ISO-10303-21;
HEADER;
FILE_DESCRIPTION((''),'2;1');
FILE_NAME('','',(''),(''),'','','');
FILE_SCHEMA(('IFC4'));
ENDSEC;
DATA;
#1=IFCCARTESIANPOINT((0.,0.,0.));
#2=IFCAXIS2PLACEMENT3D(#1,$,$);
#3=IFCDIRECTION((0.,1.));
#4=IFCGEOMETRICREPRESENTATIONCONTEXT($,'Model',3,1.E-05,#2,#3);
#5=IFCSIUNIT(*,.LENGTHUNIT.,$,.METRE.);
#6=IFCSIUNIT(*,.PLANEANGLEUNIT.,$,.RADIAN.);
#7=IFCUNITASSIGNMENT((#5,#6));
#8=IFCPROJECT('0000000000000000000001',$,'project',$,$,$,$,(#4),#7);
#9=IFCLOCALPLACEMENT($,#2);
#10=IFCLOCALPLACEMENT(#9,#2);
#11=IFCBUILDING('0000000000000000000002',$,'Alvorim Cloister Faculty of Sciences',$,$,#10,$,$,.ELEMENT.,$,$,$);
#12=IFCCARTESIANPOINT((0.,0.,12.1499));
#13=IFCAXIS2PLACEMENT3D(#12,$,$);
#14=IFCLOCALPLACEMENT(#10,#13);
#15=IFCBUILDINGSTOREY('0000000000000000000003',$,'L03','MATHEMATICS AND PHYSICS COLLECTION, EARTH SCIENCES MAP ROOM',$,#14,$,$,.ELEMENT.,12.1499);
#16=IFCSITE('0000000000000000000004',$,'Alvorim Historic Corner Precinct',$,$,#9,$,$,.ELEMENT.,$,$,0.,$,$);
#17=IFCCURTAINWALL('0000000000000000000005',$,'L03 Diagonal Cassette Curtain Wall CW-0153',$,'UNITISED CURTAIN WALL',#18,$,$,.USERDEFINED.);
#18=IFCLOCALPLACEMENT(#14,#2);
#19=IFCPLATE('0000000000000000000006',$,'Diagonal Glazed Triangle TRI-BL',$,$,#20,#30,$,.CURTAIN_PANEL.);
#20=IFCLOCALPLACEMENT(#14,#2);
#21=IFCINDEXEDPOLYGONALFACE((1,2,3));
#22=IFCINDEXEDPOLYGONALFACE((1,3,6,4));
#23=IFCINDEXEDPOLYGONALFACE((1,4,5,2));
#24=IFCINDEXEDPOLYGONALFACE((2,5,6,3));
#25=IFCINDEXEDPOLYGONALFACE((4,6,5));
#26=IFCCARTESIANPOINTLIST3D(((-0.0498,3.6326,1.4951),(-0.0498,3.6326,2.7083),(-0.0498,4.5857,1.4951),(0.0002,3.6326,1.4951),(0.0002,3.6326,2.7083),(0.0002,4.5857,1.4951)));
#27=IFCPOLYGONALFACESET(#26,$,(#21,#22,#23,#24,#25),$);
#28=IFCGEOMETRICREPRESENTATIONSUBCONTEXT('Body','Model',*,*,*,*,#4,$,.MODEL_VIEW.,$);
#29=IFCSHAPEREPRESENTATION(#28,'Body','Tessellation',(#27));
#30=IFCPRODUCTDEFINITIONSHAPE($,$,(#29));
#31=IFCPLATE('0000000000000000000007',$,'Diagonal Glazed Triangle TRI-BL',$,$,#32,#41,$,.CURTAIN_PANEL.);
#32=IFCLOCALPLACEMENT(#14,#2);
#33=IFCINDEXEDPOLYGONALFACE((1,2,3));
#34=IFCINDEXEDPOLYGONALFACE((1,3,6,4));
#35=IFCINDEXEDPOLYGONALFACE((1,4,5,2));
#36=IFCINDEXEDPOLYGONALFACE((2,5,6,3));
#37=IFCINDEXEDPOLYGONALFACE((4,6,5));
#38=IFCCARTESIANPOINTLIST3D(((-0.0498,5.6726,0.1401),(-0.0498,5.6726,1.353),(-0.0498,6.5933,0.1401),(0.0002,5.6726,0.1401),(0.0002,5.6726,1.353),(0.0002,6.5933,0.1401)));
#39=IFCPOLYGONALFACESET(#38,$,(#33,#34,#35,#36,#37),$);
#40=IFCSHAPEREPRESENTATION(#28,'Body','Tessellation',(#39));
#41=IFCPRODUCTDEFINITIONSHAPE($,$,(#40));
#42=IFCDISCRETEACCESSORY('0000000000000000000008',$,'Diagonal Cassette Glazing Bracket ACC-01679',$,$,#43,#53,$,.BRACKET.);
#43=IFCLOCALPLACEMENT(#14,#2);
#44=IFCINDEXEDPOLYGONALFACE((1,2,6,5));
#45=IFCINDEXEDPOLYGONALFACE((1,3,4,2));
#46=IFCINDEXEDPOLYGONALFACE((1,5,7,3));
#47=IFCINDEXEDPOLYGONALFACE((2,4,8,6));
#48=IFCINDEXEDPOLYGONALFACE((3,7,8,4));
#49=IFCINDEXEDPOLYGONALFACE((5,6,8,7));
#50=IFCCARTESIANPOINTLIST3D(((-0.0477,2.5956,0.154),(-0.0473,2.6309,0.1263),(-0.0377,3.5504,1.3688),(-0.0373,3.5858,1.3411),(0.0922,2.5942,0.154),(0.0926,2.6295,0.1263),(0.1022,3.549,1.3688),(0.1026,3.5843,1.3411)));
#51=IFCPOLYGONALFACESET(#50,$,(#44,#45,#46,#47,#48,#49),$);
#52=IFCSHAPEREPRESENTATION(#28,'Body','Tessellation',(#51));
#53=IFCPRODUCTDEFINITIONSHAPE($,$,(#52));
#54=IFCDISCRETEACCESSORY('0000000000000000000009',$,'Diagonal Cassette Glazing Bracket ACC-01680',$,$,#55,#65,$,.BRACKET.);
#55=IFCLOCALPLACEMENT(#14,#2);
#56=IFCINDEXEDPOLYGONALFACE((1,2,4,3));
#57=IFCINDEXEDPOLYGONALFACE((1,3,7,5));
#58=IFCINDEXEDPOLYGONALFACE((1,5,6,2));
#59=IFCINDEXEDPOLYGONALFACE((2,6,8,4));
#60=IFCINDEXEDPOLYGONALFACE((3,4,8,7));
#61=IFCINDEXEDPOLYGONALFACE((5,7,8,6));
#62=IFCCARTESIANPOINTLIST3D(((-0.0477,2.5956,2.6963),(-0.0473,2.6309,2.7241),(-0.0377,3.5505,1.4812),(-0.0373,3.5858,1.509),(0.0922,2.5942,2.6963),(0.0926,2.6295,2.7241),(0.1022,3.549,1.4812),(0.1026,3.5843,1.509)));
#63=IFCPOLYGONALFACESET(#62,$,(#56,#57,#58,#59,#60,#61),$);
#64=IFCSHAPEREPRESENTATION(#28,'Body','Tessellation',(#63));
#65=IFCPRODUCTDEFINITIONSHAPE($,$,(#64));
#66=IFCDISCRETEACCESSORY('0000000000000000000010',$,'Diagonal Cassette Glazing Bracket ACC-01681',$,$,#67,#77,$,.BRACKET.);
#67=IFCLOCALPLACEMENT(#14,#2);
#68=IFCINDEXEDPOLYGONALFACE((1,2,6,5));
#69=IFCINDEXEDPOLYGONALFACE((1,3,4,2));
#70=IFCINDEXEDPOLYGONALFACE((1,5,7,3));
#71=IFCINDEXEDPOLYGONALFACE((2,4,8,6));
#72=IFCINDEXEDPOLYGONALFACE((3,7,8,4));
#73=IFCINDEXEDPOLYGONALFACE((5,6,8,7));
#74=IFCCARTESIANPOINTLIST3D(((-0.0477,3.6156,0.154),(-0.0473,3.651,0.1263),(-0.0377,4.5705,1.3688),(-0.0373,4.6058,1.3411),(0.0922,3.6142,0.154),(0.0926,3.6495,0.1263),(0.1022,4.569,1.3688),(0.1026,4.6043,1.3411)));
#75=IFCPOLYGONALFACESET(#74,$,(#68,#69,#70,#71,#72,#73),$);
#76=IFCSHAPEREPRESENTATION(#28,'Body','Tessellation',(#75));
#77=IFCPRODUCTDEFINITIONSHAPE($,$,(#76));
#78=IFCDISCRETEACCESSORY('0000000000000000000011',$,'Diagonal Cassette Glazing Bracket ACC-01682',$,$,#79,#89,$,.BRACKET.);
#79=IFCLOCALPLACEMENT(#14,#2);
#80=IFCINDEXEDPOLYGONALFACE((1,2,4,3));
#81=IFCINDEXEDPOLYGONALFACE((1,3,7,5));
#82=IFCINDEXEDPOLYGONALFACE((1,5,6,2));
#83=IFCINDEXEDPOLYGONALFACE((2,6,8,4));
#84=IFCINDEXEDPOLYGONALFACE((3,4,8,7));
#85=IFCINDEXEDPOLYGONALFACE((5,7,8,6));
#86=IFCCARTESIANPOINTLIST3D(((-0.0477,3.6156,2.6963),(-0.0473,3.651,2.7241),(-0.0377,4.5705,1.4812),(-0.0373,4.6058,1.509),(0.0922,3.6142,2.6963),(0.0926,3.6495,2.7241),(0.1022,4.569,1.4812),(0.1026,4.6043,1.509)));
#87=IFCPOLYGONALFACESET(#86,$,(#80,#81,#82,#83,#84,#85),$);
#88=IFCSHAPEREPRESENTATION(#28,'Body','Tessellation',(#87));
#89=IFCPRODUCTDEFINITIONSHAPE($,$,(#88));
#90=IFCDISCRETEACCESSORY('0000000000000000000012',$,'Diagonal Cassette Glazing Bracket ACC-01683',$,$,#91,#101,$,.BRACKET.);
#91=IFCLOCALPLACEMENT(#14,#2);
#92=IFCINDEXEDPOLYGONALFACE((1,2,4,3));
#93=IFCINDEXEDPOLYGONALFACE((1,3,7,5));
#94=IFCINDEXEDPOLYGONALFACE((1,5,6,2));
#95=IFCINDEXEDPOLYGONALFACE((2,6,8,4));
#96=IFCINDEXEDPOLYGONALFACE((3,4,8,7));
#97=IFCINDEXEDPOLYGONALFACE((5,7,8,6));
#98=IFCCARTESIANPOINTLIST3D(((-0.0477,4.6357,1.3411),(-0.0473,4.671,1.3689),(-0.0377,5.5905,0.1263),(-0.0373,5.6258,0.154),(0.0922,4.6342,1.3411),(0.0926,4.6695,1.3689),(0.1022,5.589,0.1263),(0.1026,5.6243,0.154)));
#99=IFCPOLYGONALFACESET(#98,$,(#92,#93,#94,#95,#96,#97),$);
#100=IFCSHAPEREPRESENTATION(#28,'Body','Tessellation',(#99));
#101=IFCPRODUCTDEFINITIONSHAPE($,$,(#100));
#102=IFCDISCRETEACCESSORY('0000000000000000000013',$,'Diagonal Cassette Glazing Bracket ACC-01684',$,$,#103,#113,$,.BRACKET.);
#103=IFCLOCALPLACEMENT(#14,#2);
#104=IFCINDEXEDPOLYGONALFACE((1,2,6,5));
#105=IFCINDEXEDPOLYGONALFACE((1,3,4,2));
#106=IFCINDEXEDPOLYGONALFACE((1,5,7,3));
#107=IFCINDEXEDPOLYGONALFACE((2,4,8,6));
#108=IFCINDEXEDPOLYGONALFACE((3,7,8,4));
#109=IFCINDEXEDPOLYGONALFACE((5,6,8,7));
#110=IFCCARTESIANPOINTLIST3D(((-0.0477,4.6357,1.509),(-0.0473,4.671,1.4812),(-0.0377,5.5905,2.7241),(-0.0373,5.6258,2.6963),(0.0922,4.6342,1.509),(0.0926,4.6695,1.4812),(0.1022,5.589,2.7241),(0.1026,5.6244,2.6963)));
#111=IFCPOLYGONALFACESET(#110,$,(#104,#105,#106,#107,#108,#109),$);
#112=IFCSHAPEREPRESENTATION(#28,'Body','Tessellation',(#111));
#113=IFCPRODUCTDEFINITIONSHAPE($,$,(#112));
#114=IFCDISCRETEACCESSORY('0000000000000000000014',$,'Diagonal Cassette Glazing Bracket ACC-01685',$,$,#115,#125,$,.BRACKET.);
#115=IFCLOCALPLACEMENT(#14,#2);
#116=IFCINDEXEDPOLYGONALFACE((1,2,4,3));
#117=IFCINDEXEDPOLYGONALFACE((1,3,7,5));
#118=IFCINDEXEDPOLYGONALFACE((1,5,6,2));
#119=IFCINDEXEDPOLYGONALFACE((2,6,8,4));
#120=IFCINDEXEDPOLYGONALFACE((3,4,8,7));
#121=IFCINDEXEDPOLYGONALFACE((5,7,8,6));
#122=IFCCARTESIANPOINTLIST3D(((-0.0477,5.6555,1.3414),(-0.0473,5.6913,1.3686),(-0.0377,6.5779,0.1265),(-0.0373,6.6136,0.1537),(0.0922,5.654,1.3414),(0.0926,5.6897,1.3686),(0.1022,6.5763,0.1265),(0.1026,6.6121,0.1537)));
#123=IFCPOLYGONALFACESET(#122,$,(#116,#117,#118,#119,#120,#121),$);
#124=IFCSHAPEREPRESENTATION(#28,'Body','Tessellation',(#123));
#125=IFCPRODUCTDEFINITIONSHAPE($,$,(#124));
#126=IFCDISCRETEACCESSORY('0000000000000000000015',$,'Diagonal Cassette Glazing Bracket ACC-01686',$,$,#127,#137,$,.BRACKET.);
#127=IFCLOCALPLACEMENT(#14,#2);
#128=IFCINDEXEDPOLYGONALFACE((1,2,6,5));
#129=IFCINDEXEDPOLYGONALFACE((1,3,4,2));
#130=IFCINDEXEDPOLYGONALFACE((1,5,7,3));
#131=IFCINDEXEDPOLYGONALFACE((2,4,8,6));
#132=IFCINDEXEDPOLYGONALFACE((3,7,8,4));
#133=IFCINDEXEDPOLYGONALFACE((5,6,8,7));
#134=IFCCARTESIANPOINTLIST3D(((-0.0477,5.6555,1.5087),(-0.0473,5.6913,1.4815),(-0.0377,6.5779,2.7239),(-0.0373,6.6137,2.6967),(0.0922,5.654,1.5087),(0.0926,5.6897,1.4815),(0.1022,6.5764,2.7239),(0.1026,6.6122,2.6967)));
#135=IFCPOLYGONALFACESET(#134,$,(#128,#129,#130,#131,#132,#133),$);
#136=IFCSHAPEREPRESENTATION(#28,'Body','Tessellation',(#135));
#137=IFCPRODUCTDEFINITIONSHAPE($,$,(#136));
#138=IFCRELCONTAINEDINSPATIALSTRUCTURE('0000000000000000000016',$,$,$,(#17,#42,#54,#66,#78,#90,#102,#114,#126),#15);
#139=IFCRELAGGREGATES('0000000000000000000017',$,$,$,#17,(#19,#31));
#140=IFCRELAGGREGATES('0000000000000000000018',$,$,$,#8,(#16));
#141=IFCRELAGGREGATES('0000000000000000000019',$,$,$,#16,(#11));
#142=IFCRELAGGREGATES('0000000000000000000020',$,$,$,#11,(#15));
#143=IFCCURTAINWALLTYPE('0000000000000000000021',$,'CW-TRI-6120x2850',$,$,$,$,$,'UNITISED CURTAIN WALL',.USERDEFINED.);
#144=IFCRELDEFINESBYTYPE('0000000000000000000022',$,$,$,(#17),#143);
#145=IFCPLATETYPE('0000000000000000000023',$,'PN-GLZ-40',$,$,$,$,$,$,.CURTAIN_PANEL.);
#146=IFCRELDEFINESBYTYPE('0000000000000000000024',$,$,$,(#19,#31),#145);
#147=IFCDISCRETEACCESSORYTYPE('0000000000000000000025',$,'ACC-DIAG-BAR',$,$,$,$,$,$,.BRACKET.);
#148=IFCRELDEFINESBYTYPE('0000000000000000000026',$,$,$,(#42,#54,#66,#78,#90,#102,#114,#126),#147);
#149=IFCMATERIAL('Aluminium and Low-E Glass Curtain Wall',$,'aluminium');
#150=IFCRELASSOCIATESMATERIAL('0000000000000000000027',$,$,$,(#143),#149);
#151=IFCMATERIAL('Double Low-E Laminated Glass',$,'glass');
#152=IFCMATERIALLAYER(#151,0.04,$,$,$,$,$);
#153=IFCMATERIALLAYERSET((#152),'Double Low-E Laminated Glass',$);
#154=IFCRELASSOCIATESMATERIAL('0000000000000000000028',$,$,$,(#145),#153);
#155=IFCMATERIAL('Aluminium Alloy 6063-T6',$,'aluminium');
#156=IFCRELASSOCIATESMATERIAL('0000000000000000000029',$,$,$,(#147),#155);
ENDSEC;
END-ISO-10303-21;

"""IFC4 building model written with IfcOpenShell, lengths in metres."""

from ifc_helpers import new_model, si_unit, direction, frame, origin, origin_2d, place, context, subcontext, project, spatial, polyline, rectangle, outline, extrude, material, layer, layer_set, type_object, element, aggregate, save


model = new_model("IFC4")

# Units and contexts
model_context = context("Model", 3, precision=1e-05, world=origin(), true_north=direction((0.0, 1.0)))
body_context = subcontext(model_context, "Body", "Model", "MODEL_VIEW")
ifc_project = project(units=[si_unit("LENGTHUNIT", "METRE"), si_unit("PLANEANGLEUNIT", "RADIAN")], contexts=[model_context])

# Site, building, storey
site_placement = place(None, origin())
site = spatial("IfcSite", under=ifc_project, at=site_placement, Name="Alvorim Historic Corner Precinct", CompositionType="ELEMENT", RefElevation=0.0)
building_placement = place(site_placement, origin())
building = spatial("IfcBuilding", under=site, at=building_placement, Name="Alvorim Cloister Faculty of Sciences", CompositionType="ELEMENT")
storey_placement = place(building_placement, frame((0.0, 0.0, 12.1499)))
storey = spatial("IfcBuildingStorey", under=building, at=storey_placement, Name="L03", Description="MATHEMATICS AND PHYSICS COLLECTION, EARTH SCIENCES MAP ROOM", CompositionType="ELEMENT", Elevation=12.1499)

# Curtain wall, plates
ifc_material_1 = material(Name="Aluminium and Low-E Glass Curtain Wall", Category="aluminium")
curtain_wall_type = type_object("IfcCurtainWallType", Name="CW-TRI-6120x2850", ElementType="UNITISED CURTAIN WALL", PredefinedType="USERDEFINED", material=ifc_material_1)
curtain_wall_placement = place(storey_placement, origin())
curtain_wall = element("IfcCurtainWall", 1, at=curtain_wall_placement, inside=storey, type_object=curtain_wall_type, Name="L03 Diagonal Cassette Curtain Wall CW-0153", ObjectType="UNITISED CURTAIN WALL", PredefinedType="USERDEFINED")
ifc_material_2 = material(Name="Aluminium Alloy 6063-T6", Category="aluminium")
ifc_material_3 = material(Name="Double Low-E Laminated Glass", Category="glass")
ifc_layer = layer(ifc_material_3, 0.04)
ifc_layer_set = layer_set([ifc_layer], Name="Double Low-E Laminated Glass")
plate_type = type_object("IfcPlateType", Name="PN-GLZ-40", PredefinedType="CURTAIN_PANEL", material=ifc_layer_set)
plate_1_placement = place(storey_placement, frame((-0.0249, 3.6326, 1.4951), z_axis=(0.0, 0.0, 1.0), x_axis=(0.0, 1.0, 0.0)))
plate_1 = element("IfcPlate", 2, at=plate_1_placement, type_object=plate_type, Name="Diagonal Glazed Triangle TRI-BL", PredefinedType="CURTAIN_PANEL", context=body_context, shape_type="SweptSolid", body=[
    extrude(outline(polyline([(0.0, 0.0), (0.9531, 0.0), (0.0, 1.2131), (0.0, 0.0)])), frame((0.0, 0.0249, 0.0), z_axis=(0.0, -1.0, 0.0), x_axis=(1.0, 0.0, 0.0)), (0.0, 0.0, 1.0), 0.05),
])
plate_2_placement = place(storey_placement, frame((-0.0249, 5.6726, 0.1401), z_axis=(0.0, 0.0, 1.0), x_axis=(0.0, 1.0, 0.0)))
plate_2 = element("IfcPlate", 3, at=plate_2_placement, type_object=plate_type, Name="Diagonal Glazed Triangle TRI-BL", PredefinedType="CURTAIN_PANEL", context=body_context, shape_type="SweptSolid", body=[
    extrude(outline(polyline([(0.0, 0.0), (0.9207, 0.0), (0.0, 1.2129), (0.0, 0.0)])), frame((0.0, 0.0249, 0.0), z_axis=(0.0, -1.0, 0.0), x_axis=(1.0, 0.0, 0.0)), (0.0, 0.0, 1.0), 0.05),
])
aggregate(curtain_wall, [plate_1, plate_2])

# Discrete accessories
discrete_accessory_type = type_object("IfcDiscreteAccessoryType", Name="ACC-DIAG-BAR", PredefinedType="BRACKET", material=ifc_material_2)
discrete_accessory_1_placement = place(storey_placement, frame((0.0225, 2.6125, 0.1401), z_axis=(0.006478, 0.617934, 0.786203), x_axis=(-0.999945, 0.010483, 0.0)))
element("IfcDiscreteAccessory", 4, at=discrete_accessory_1_placement, inside=storey, type_object=discrete_accessory_type, Name="Diagonal Cassette Glazing Bracket ACC-01679", PredefinedType="BRACKET", context=body_context, shape_type="SweptSolid", body=[
    extrude(rectangle(XDim=0.1399, YDim=0.0449, at=origin_2d()), origin(), (0.0, 0.0, 1.0), 1.5452),
])
discrete_accessory_2_placement = place(storey_placement, frame((0.0225, 2.6125, 2.7102), z_axis=(0.006477, 0.617857, -0.786263), x_axis=(-0.999945, 0.010483, 0.0)))
element("IfcDiscreteAccessory", 5, at=discrete_accessory_2_placement, inside=storey, type_object=discrete_accessory_type, Name="Diagonal Cassette Glazing Bracket ACC-01680", PredefinedType="BRACKET", context=body_context, shape_type="SweptSolid", body=[
    extrude(rectangle(XDim=0.1399, YDim=0.0449, at=origin_2d()), origin(), (0.0, 0.0, 1.0), 1.5454),
])
discrete_accessory_3_placement = place(storey_placement, frame((0.0225, 3.6326, 0.1401), z_axis=(0.006478, 0.617934, 0.786203), x_axis=(-0.999945, 0.010483, 0.0)))
element("IfcDiscreteAccessory", 6, at=discrete_accessory_3_placement, inside=storey, type_object=discrete_accessory_type, Name="Diagonal Cassette Glazing Bracket ACC-01681", PredefinedType="BRACKET", context=body_context, shape_type="SweptSolid", body=[
    extrude(rectangle(XDim=0.1399, YDim=0.0449, at=origin_2d()), origin(), (0.0, 0.0, 1.0), 1.5452),
])
discrete_accessory_4_placement = place(storey_placement, frame((0.0225, 3.6326, 2.7102), z_axis=(0.006477, 0.617857, -0.786263), x_axis=(-0.999945, 0.010483, 0.0)))
element("IfcDiscreteAccessory", 7, at=discrete_accessory_4_placement, inside=storey, type_object=discrete_accessory_type, Name="Diagonal Cassette Glazing Bracket ACC-01682", PredefinedType="BRACKET", context=body_context, shape_type="SweptSolid", body=[
    extrude(rectangle(XDim=0.1399, YDim=0.0449, at=origin_2d()), origin(), (0.0, 0.0, 1.0), 1.5454),
])
discrete_accessory_5_placement = place(storey_placement, frame((0.0225, 4.6526, 1.355), z_axis=(0.006478, 0.617934, -0.786203), x_axis=(-0.999945, 0.010483, 0.0)))
element("IfcDiscreteAccessory", 8, at=discrete_accessory_5_placement, inside=storey, type_object=discrete_accessory_type, Name="Diagonal Cassette Glazing Bracket ACC-01683", PredefinedType="BRACKET", context=body_context, shape_type="SweptSolid", body=[
    extrude(rectangle(XDim=0.1399, YDim=0.0449, at=origin_2d()), origin(), (0.0, 0.0, 1.0), 1.5452),
])
discrete_accessory_6_placement = place(storey_placement, frame((0.0225, 4.6526, 1.4951), z_axis=(0.006477, 0.617857, 0.786263), x_axis=(-0.999945, 0.010483, 0.0)))
element("IfcDiscreteAccessory", 9, at=discrete_accessory_6_placement, inside=storey, type_object=discrete_accessory_type, Name="Diagonal Cassette Glazing Bracket ACC-01684", PredefinedType="BRACKET", context=body_context, shape_type="SweptSolid", body=[
    extrude(rectangle(XDim=0.1399, YDim=0.0449, at=origin_2d()), origin(), (0.0, 0.0, 1.0), 1.5454),
])
discrete_accessory_7_placement = place(storey_placement, frame((0.0225, 5.6726, 1.355), z_axis=(0.006562, 0.604689, -0.796435), x_axis=(-0.999941, 0.010852, 0.0)))
element("IfcDiscreteAccessory", 10, at=discrete_accessory_7_placement, inside=storey, type_object=discrete_accessory_type, Name="Diagonal Cassette Glazing Bracket ACC-01685", PredefinedType="BRACKET", context=body_context, shape_type="SweptSolid", body=[
    extrude(rectangle(XDim=0.1399, YDim=0.0449, at=origin_2d()), origin(), (0.0, 0.0, 1.0), 1.5254),
])
discrete_accessory_8_placement = place(storey_placement, frame((0.0225, 5.6726, 1.4951), z_axis=(0.006561, 0.604612, 0.796493), x_axis=(-0.999941, 0.010852, 0.0)))
element("IfcDiscreteAccessory", 11, at=discrete_accessory_8_placement, inside=storey, type_object=discrete_accessory_type, Name="Diagonal Cassette Glazing Bracket ACC-01686", PredefinedType="BRACKET", context=body_context, shape_type="SweptSolid", body=[
    extrude(rectangle(XDim=0.1399, YDim=0.0449, at=origin_2d()), origin(), (0.0, 0.0, 1.0), 1.5256),
])

save(model, "model.ifc")
